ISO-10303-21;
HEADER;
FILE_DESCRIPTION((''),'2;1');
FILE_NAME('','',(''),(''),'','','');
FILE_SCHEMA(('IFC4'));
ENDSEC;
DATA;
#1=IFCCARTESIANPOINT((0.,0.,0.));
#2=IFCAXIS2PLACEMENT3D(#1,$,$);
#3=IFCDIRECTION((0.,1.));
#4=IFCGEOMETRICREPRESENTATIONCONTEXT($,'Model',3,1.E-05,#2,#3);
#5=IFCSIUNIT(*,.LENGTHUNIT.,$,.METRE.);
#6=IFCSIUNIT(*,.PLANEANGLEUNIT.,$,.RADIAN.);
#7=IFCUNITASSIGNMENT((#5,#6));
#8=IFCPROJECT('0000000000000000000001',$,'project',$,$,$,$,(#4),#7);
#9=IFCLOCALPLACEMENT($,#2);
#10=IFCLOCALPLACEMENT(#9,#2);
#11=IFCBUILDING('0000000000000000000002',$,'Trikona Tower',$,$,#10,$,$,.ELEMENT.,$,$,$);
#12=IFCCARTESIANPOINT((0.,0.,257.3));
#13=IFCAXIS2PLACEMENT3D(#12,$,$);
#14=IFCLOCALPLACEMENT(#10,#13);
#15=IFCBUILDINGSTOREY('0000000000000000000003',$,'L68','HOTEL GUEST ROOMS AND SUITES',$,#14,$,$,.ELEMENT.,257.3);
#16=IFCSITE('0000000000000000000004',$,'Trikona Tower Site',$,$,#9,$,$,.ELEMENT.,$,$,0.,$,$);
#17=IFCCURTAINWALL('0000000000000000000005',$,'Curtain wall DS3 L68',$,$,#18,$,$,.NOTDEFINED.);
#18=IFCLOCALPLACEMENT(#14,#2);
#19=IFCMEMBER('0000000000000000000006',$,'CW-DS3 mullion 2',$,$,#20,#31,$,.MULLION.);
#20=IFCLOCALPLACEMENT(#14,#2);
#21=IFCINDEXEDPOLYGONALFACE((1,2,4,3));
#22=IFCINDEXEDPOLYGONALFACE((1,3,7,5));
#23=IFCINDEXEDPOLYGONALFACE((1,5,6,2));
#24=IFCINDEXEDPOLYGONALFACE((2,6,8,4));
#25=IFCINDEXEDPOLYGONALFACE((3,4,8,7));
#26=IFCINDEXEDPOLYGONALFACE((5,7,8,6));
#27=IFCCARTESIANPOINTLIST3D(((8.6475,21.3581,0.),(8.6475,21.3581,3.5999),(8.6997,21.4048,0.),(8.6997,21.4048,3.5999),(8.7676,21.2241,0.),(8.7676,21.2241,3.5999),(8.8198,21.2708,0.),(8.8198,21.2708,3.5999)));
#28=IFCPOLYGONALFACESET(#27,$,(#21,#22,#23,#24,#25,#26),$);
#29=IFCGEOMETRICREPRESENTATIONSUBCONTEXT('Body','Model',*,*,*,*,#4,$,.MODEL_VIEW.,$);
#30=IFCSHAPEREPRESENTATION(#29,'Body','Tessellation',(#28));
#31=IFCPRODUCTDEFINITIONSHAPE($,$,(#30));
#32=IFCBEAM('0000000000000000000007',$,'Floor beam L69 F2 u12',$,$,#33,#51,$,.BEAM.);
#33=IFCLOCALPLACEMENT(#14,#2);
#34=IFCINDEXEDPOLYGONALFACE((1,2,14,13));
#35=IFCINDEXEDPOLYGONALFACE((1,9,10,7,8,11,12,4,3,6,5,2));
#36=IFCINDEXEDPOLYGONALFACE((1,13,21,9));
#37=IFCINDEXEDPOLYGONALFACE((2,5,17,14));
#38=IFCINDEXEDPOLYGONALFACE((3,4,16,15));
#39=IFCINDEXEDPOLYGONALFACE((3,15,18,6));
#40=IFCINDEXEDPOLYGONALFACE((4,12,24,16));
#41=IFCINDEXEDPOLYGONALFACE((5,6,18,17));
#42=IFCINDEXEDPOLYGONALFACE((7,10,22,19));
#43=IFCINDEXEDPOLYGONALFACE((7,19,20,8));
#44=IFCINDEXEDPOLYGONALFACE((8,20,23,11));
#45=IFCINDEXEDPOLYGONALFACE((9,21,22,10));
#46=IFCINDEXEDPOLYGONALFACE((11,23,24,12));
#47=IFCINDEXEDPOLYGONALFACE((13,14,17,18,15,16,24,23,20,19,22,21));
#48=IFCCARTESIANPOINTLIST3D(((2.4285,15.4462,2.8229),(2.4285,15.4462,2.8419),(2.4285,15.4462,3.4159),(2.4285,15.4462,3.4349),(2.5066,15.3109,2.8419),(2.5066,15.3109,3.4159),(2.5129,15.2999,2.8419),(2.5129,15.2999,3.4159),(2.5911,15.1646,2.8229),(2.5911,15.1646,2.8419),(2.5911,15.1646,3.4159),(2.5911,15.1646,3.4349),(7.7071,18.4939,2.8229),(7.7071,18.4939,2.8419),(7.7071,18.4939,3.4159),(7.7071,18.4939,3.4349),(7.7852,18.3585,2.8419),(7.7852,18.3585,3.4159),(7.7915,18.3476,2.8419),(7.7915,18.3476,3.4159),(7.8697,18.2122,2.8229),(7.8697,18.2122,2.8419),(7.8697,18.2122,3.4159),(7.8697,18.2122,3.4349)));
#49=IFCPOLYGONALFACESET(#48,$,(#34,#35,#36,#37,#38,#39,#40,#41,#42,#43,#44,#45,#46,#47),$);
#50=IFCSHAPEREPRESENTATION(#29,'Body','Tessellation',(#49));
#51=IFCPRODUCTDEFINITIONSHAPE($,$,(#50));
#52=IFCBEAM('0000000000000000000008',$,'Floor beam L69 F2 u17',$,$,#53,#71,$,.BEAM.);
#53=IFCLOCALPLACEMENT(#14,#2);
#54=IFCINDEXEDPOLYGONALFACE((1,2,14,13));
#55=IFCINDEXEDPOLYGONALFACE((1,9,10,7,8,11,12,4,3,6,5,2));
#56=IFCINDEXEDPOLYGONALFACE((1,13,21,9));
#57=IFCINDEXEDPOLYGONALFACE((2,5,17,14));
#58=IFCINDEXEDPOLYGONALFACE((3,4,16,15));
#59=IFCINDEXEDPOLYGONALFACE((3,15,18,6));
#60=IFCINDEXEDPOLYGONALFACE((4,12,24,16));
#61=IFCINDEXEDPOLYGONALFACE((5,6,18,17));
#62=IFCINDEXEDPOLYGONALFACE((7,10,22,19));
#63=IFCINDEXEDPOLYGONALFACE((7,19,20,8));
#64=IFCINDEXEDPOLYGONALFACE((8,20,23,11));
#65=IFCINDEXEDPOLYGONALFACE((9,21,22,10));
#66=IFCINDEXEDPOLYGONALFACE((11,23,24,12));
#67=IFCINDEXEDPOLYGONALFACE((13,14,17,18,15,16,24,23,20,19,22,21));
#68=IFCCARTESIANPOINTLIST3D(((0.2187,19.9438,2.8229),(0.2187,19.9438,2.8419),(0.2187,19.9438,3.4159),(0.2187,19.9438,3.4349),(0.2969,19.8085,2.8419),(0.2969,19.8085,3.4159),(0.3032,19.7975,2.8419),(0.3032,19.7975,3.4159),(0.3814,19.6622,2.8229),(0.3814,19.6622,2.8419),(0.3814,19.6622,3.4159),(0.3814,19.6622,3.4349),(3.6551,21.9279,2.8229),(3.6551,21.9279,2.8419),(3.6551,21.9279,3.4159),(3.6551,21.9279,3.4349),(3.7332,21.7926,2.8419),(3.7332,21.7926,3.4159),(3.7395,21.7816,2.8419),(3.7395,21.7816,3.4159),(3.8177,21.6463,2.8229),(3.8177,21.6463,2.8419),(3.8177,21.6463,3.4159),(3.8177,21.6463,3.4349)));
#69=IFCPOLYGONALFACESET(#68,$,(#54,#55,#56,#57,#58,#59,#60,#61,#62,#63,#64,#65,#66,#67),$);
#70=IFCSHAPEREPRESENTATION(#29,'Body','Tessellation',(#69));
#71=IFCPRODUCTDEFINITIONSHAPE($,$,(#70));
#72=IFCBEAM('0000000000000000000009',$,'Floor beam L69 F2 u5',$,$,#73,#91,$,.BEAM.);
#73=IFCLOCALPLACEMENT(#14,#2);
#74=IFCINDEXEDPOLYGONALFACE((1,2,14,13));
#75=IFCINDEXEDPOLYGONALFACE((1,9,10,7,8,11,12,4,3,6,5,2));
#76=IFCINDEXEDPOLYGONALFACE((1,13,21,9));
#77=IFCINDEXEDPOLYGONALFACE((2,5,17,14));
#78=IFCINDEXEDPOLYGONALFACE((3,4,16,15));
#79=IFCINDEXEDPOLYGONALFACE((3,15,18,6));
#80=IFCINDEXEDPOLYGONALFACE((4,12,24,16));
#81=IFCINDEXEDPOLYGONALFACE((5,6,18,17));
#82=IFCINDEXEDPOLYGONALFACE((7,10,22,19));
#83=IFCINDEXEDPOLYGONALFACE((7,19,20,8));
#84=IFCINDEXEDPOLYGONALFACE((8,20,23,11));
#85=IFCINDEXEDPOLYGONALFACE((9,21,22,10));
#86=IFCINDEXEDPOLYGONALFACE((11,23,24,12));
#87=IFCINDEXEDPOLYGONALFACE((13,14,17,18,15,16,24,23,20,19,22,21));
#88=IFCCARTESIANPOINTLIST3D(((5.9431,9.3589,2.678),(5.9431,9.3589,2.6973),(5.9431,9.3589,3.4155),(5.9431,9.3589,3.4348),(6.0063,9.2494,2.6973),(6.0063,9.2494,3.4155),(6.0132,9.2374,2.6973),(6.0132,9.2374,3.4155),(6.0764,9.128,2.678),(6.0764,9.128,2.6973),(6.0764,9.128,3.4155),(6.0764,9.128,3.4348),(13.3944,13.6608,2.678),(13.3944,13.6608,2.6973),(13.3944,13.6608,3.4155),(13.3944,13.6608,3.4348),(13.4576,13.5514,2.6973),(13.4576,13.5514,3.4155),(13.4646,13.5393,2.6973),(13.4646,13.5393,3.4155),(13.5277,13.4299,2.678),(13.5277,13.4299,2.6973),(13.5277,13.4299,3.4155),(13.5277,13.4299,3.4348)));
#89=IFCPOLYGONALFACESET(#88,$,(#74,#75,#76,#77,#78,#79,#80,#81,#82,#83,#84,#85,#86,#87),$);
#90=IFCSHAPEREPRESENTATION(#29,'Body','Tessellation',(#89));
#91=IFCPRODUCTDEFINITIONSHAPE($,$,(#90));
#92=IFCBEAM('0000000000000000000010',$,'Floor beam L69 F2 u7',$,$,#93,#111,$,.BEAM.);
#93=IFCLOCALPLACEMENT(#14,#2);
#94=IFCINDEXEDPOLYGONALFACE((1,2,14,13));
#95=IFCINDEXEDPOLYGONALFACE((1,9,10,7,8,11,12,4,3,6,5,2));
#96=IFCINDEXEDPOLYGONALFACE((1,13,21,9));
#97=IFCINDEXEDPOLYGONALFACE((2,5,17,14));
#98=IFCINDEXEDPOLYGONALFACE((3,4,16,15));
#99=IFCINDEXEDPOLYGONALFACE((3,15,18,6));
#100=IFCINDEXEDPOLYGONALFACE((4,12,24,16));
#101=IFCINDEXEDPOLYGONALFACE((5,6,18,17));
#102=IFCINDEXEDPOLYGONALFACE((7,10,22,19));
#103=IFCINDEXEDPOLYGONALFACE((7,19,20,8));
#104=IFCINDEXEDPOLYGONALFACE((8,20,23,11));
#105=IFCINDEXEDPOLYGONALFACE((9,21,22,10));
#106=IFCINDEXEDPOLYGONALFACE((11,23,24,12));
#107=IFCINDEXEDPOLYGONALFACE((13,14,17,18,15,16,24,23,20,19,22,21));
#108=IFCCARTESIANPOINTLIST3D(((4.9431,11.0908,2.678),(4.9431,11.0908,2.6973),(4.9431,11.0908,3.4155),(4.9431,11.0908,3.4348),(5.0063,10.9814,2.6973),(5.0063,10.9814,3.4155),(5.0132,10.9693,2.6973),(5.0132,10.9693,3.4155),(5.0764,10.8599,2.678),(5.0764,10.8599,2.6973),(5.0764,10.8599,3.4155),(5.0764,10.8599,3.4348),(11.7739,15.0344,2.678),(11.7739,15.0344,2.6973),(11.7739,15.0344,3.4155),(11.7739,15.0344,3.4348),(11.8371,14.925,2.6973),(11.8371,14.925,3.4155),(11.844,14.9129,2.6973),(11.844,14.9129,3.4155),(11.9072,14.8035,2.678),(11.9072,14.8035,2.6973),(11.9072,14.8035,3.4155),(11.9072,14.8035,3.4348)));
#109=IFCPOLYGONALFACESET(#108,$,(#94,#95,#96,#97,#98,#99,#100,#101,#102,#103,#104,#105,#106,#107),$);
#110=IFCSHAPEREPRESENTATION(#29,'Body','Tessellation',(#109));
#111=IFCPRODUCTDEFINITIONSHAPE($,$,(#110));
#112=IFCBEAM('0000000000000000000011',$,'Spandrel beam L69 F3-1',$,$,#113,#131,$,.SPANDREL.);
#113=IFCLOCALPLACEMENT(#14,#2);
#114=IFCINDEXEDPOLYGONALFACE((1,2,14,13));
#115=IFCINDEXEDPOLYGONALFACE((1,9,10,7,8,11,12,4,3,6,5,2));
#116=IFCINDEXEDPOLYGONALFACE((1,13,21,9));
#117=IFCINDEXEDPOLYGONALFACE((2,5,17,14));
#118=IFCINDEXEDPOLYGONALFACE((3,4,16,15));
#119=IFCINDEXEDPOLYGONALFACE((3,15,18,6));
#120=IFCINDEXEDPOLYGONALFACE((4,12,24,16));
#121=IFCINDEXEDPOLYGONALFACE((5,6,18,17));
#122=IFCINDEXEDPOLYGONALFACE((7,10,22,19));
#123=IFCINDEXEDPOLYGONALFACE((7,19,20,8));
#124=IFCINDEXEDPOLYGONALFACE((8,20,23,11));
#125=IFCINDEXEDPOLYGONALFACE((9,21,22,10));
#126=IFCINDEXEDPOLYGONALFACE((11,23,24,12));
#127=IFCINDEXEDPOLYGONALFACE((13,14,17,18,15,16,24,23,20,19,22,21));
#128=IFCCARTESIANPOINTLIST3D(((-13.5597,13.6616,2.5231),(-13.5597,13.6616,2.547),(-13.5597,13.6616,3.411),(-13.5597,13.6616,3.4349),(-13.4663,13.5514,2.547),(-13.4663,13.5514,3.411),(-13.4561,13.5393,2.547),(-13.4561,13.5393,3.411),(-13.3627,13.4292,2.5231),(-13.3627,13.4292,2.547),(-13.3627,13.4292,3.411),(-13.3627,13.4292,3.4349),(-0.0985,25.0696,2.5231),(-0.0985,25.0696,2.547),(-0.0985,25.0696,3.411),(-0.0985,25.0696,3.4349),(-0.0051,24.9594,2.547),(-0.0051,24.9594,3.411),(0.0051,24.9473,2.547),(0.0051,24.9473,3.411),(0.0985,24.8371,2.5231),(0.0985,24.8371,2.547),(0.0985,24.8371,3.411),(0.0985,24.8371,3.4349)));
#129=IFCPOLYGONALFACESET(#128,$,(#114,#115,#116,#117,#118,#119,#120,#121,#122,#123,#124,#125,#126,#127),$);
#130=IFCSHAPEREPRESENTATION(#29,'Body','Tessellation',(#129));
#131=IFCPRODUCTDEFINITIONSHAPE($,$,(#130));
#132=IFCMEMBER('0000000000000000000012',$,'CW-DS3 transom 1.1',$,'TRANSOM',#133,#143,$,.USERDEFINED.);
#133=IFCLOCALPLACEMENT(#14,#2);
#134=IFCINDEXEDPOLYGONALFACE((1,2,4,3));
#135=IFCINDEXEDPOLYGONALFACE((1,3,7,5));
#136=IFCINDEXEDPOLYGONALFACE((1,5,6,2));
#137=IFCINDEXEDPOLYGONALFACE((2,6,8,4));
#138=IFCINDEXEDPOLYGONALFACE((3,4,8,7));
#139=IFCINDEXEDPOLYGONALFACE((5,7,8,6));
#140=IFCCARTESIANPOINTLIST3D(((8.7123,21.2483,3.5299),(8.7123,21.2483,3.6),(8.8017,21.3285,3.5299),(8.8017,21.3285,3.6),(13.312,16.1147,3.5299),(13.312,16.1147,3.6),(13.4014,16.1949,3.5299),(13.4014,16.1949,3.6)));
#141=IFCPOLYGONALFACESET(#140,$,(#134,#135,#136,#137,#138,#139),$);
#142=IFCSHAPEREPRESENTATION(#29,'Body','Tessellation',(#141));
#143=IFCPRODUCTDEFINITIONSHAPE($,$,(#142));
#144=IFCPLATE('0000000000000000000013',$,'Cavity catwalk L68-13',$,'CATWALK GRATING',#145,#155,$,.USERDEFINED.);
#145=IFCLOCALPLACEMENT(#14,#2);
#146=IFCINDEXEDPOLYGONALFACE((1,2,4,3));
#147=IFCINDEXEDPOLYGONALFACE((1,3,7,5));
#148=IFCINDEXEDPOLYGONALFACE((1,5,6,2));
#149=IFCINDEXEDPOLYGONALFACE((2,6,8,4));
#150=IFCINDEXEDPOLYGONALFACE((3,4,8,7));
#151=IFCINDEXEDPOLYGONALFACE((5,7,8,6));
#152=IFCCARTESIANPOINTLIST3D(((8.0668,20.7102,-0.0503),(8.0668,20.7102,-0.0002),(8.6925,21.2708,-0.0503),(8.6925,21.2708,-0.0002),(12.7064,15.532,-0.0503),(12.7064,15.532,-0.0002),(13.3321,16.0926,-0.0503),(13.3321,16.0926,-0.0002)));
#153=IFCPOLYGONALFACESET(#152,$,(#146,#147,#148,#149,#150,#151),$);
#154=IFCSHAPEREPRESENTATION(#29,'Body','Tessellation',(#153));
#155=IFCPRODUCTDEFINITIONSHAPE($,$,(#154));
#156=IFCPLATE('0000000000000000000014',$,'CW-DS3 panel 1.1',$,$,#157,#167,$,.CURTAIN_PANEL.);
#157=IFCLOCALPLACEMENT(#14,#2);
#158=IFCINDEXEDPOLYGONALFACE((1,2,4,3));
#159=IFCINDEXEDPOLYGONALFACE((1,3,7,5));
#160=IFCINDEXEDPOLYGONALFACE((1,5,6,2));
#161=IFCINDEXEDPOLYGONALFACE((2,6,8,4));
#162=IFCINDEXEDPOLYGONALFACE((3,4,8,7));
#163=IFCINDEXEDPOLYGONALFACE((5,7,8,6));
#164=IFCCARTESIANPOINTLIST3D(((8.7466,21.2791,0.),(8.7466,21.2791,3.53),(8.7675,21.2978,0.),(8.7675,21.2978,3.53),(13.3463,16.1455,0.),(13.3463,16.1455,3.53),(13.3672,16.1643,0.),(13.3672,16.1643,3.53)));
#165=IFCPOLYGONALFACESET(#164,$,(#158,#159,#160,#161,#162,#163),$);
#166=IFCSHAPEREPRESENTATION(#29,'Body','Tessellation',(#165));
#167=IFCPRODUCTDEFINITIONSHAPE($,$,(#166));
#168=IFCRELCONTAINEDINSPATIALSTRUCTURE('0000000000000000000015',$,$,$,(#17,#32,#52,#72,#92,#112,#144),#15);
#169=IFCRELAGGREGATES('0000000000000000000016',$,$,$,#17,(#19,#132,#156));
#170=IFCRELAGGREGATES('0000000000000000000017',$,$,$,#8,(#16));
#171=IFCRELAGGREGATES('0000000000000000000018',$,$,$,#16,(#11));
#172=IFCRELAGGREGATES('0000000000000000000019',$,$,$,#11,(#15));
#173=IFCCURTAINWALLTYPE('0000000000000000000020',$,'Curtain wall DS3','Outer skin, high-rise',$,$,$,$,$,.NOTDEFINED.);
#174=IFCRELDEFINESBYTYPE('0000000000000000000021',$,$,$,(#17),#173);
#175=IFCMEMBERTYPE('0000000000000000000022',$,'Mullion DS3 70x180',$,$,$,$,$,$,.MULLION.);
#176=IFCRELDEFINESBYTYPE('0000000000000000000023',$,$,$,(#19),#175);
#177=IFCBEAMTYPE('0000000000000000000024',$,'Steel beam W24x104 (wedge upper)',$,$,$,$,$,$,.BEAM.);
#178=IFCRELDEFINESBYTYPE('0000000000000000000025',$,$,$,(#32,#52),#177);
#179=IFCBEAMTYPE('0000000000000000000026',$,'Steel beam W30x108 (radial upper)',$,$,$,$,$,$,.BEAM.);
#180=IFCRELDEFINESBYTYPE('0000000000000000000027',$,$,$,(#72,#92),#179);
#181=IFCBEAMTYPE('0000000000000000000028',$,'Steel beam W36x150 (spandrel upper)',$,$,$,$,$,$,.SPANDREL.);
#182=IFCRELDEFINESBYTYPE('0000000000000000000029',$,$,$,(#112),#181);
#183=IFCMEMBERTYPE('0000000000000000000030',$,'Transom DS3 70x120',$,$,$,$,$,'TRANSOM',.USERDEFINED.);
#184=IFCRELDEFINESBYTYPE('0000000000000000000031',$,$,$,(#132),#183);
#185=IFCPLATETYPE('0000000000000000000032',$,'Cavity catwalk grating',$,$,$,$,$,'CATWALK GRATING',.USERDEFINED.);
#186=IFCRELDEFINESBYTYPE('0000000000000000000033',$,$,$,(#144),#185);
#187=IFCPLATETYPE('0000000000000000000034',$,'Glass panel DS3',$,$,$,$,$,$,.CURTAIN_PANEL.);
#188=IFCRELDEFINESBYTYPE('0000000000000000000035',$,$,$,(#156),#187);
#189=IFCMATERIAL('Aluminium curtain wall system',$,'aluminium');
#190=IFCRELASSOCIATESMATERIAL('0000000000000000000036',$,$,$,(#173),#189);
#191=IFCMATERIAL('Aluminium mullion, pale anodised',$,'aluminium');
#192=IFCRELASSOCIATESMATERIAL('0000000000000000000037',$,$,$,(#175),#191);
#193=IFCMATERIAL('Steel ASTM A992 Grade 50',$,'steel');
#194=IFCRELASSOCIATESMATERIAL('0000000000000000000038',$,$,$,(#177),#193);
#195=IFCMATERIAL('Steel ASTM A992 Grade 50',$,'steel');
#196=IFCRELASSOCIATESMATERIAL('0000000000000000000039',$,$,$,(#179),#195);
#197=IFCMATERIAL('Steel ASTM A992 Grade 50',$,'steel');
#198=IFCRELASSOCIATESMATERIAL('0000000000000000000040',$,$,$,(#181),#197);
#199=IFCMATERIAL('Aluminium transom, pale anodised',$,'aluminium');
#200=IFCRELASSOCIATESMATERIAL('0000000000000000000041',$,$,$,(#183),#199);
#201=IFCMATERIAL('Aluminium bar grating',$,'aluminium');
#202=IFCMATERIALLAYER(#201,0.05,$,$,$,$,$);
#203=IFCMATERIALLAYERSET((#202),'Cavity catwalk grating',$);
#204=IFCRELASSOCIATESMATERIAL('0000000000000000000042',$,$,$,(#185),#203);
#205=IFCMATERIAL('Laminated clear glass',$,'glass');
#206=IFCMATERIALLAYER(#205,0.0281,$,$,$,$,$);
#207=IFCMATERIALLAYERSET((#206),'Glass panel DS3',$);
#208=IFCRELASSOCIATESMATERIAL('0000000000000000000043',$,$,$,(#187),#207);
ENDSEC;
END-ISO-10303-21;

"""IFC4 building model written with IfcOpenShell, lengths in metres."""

from ifc_helpers import new_model, si_unit, direction, frame, origin, origin_2d, place, context, subcontext, project, spatial, rectangle, i_section, extrude, material, layer, layer_set, material_profile, profile_set, type_object, element, aggregate, save


model = new_model("IFC4")

# Units and contexts
model_context = context("Model", 3, precision=1e-05, world=origin(), true_north=direction((0.0, 1.0)))
body_context = subcontext(model_context, "Body", "Model", "MODEL_VIEW")
ifc_project = project(units=[si_unit("LENGTHUNIT", "METRE"), si_unit("PLANEANGLEUNIT", "RADIAN")], contexts=[model_context])

# Site, building, storey
site_placement = place(None, origin())
site = spatial("IfcSite", under=ifc_project, at=site_placement, Name="Trikona Tower Site", CompositionType="ELEMENT", RefElevation=0.0)
building_placement = place(site_placement, origin())
building = spatial("IfcBuilding", under=site, at=building_placement, Name="Trikona Tower", CompositionType="ELEMENT")
storey_placement = place(building_placement, frame((0.0, 0.0, 257.3)))
storey = spatial("IfcBuildingStorey", under=building, at=storey_placement, Name="L68", Description="HOTEL GUEST ROOMS AND SUITES", CompositionType="ELEMENT", Elevation=257.3)

# Curtain wall, member
ifc_material_1 = material(Name="Aluminium curtain wall system", Category="aluminium")
curtain_wall_type = type_object("IfcCurtainWallType", Name="Curtain wall DS3", Description="Outer skin, high-rise", PredefinedType="NOTDEFINED", material=ifc_material_1)
curtain_wall_placement = place(storey_placement, origin())
curtain_wall = element("IfcCurtainWall", 1, at=curtain_wall_placement, inside=storey, type_object=curtain_wall_type, Name="Curtain wall DS3 L68", PredefinedType="NOTDEFINED")
ifc_material_2 = material(Name="Aluminium mullion, pale anodised", Category="aluminium")
ifc_material_profile_1 = material_profile(ifc_material_2, rectangle(XDim=0.0701, YDim=0.1799, at=origin_2d()), Name="MUL-DS3")
ifc_profile_set_1 = profile_set([ifc_material_profile_1], Name="Aluminium mullion, pale anodised")
member_type_1 = type_object("IfcMemberType", Name="Mullion DS3 70x180", PredefinedType="MULLION", material=ifc_profile_set_1)
member_1_placement = place(storey_placement, frame((8.7336, 21.3145, 0.0), z_axis=(0.0, 0.0, 1.0), x_axis=(-0.744771, -0.66732, 0.0)))
member_1 = element("IfcMember", 2, at=member_1_placement, type_object=member_type_1, Name="CW-DS3 mullion 2", PredefinedType="MULLION", context=body_context, shape_type="SweptSolid", body=[
    extrude(rectangle(XDim=0.0701, YDim=0.1799, at=origin_2d()), origin(), (0.0, 0.0, 1.0), 3.5999),
])

# Beams
ifc_material_3 = material(Name="Steel ASTM A992 Grade 50", Category="steel")
ifc_material_profile_2 = material_profile(ifc_material_3, i_section(OverallWidth=0.3252, OverallDepth=0.6121, WebThickness=0.0127, FlangeThickness=0.019, at=origin_2d()), Name="W24X104")
ifc_profile_set_2 = profile_set([ifc_material_profile_2], Name="Steel ASTM A992 Grade 50")
beam_type_1 = type_object("IfcBeamType", Name="Steel beam W24x104 (wedge upper)", PredefinedType="BEAM", material=ifc_profile_set_2)
beam_1_placement = place(storey_placement, frame((2.5098, 15.3054, 3.1289), z_axis=(0.866023, 0.500003, 0.0), x_axis=(-0.500003, 0.866023, 0.0)))
element("IfcBeam", 3, at=beam_1_placement, inside=storey, type_object=beam_type_1, Name="Floor beam L69 F2 u12", PredefinedType="BEAM", context=body_context, shape_type="SweptSolid", body=[
    extrude(i_section(OverallWidth=0.3252, OverallDepth=0.6121, WebThickness=0.0127, FlangeThickness=0.019, at=origin_2d()), origin(), (0.0, 0.0, 1.0), 6.0952),
])
beam_2_placement = place(storey_placement, frame((0.3, 19.803, 3.1289), z_axis=(0.866004, 0.500037, 0.0), x_axis=(-0.500037, 0.866004, 0.0)))
element("IfcBeam", 4, at=beam_2_placement, inside=storey, type_object=beam_type_1, Name="Floor beam L69 F2 u17", PredefinedType="BEAM", context=body_context, shape_type="SweptSolid", body=[
    extrude(i_section(OverallWidth=0.3252, OverallDepth=0.6121, WebThickness=0.0127, FlangeThickness=0.019, at=origin_2d()), origin(), (0.0, 0.0, 1.0), 3.968),
])
ifc_material_4 = material(Name="Steel ASTM A992 Grade 50", Category="steel")
ifc_material_profile_3 = material_profile(ifc_material_4, i_section(OverallWidth=0.2666, OverallDepth=0.7568, WebThickness=0.0139, FlangeThickness=0.0193, at=origin_2d()), Name="W30X108")
ifc_profile_set_3 = profile_set([ifc_material_profile_3], Name="Steel ASTM A992 Grade 50")
beam_type_2 = type_object("IfcBeamType", Name="Steel beam W30x108 (radial upper)", PredefinedType="BEAM", material=ifc_profile_set_3)
beam_3_placement = place(storey_placement, frame((6.0098, 9.2434, 3.0564), z_axis=(0.866029, 0.499993, 0.0), x_axis=(-0.499993, 0.866029, 0.0)))
element("IfcBeam", 5, at=beam_3_placement, inside=storey, type_object=beam_type_2, Name="Floor beam L69 F2 u5", PredefinedType="BEAM", context=body_context, shape_type="SweptSolid", body=[
    extrude(i_section(OverallWidth=0.2666, OverallDepth=0.7568, WebThickness=0.0139, FlangeThickness=0.0193, at=origin_2d()), origin(), (0.0, 0.0, 1.0), 8.604),
])
beam_4_placement = place(storey_placement, frame((5.0098, 10.9753, 3.0564), z_axis=(0.866035, 0.499984, 0.0), x_axis=(-0.499984, 0.866035, 0.0)))
element("IfcBeam", 6, at=beam_4_placement, inside=storey, type_object=beam_type_2, Name="Floor beam L69 F2 u7", PredefinedType="BEAM", context=body_context, shape_type="SweptSolid", body=[
    extrude(i_section(OverallWidth=0.2666, OverallDepth=0.7568, WebThickness=0.0139, FlangeThickness=0.0193, at=origin_2d()), origin(), (0.0, 0.0, 1.0), 7.8875),
])
ifc_material_5 = material(Name="Steel ASTM A992 Grade 50", Category="steel")
ifc_material_profile_4 = material_profile(ifc_material_5, i_section(OverallWidth=0.3047, OverallDepth=0.9119, WebThickness=0.0159, FlangeThickness=0.0239, at=origin_2d()), Name="W36X150")
ifc_profile_set_4 = profile_set([ifc_material_profile_4], Name="Steel ASTM A992 Grade 50")
beam_type_3 = type_object("IfcBeamType", Name="Steel beam W36x150 (spandrel upper)", PredefinedType="SPANDREL", material=ifc_profile_set_4)
beam_5_placement = place(storey_placement, frame((0.0, 24.9534, 2.979), z_axis=(-0.762891, -0.646528, 0.0), x_axis=(0.646528, -0.762891, 0.0)))
element("IfcBeam", 7, at=beam_5_placement, inside=storey, type_object=beam_type_3, Name="Spandrel beam L69 F3-1", PredefinedType="SPANDREL", context=body_context, shape_type="SweptSolid", body=[
    extrude(i_section(OverallWidth=0.3047, OverallDepth=0.9119, WebThickness=0.0159, FlangeThickness=0.0239, at=origin_2d()), origin(), (0.0, 0.0, 1.0), 17.645),
])

# Member
ifc_material_6 = material(Name="Aluminium transom, pale anodised", Category="aluminium")
ifc_material_profile_5 = material_profile(ifc_material_6, rectangle(XDim=0.1201, YDim=0.0701, at=origin_2d()), Name="TRN-DS3")
ifc_profile_set_5 = profile_set([ifc_material_profile_5], Name="Aluminium transom, pale anodised")
member_type_2 = type_object("IfcMemberType", Name="Transom DS3 70x120", ElementType="TRANSOM", PredefinedType="USERDEFINED", material=ifc_profile_set_5)
member_2_placement = place(storey_placement, frame((13.3567, 16.1548, 3.5649), z_axis=(-0.667313, 0.744777, 0.0), x_axis=(-0.744777, -0.667313, 0.0)))
member_2 = element("IfcMember", 8, at=member_2_placement, type_object=member_type_2, Name="CW-DS3 transom 1.1", ObjectType="TRANSOM", PredefinedType="USERDEFINED", context=body_context, shape_type="SweptSolid", body=[
    extrude(rectangle(XDim=0.1201, YDim=0.0701, at=origin_2d()), origin(), (0.0, 0.0, 1.0), 6.8928),
])

# Plates
ifc_material_7 = material(Name="Aluminium bar grating", Category="aluminium")
ifc_layer_1 = layer(ifc_material_7, 0.05)
ifc_layer_set_1 = layer_set([ifc_layer_1], Name="Cavity catwalk grating")
plate_type_1 = type_object("IfcPlateType", Name="Cavity catwalk grating", ElementType="CATWALK GRATING", PredefinedType="USERDEFINED", material=ifc_layer_set_1)
plate_1_placement = place(storey_placement, frame((10.6995, 18.4014, -0.0503), z_axis=(0.0, 0.0, 1.0), x_axis=(-0.667311, 0.744779, 0.0)))
element("IfcPlate", 9, at=plate_1_placement, inside=storey, type_object=plate_type_1, Name="Cavity catwalk L68-13", ObjectType="CATWALK GRATING", PredefinedType="USERDEFINED", context=body_context, shape_type="SweptSolid", body=[
    extrude(rectangle(XDim=6.9526, YDim=0.8401, at=origin_2d()), origin(), (0.0, 0.0, 1.0), 0.05),
])
ifc_material_8 = material(Name="Laminated clear glass", Category="glass")
ifc_layer_2 = layer(ifc_material_8, 0.0281)
ifc_layer_set_2 = layer_set([ifc_layer_2], Name="Glass panel DS3")
plate_type_2 = type_object("IfcPlateType", Name="Glass panel DS3", PredefinedType="CURTAIN_PANEL", material=ifc_layer_set_2)
plate_2_placement = place(storey_placement, frame((11.0569, 18.7217, 0.0), z_axis=(0.0, 0.0, 1.0), x_axis=(-0.66732, 0.744771, 0.0)))
plate_2 = element("IfcPlate", 10, at=plate_2_placement, type_object=plate_type_2, Name="CW-DS3 panel 1.1", PredefinedType="CURTAIN_PANEL", context=body_context, shape_type="SweptSolid", body=[
    extrude(rectangle(XDim=6.8928, YDim=0.0281, at=origin_2d()), origin(), (0.0, 0.0, 1.0), 3.53),
])
aggregate(curtain_wall, [member_1, member_2, plate_2])

save(model, "model.ifc")
